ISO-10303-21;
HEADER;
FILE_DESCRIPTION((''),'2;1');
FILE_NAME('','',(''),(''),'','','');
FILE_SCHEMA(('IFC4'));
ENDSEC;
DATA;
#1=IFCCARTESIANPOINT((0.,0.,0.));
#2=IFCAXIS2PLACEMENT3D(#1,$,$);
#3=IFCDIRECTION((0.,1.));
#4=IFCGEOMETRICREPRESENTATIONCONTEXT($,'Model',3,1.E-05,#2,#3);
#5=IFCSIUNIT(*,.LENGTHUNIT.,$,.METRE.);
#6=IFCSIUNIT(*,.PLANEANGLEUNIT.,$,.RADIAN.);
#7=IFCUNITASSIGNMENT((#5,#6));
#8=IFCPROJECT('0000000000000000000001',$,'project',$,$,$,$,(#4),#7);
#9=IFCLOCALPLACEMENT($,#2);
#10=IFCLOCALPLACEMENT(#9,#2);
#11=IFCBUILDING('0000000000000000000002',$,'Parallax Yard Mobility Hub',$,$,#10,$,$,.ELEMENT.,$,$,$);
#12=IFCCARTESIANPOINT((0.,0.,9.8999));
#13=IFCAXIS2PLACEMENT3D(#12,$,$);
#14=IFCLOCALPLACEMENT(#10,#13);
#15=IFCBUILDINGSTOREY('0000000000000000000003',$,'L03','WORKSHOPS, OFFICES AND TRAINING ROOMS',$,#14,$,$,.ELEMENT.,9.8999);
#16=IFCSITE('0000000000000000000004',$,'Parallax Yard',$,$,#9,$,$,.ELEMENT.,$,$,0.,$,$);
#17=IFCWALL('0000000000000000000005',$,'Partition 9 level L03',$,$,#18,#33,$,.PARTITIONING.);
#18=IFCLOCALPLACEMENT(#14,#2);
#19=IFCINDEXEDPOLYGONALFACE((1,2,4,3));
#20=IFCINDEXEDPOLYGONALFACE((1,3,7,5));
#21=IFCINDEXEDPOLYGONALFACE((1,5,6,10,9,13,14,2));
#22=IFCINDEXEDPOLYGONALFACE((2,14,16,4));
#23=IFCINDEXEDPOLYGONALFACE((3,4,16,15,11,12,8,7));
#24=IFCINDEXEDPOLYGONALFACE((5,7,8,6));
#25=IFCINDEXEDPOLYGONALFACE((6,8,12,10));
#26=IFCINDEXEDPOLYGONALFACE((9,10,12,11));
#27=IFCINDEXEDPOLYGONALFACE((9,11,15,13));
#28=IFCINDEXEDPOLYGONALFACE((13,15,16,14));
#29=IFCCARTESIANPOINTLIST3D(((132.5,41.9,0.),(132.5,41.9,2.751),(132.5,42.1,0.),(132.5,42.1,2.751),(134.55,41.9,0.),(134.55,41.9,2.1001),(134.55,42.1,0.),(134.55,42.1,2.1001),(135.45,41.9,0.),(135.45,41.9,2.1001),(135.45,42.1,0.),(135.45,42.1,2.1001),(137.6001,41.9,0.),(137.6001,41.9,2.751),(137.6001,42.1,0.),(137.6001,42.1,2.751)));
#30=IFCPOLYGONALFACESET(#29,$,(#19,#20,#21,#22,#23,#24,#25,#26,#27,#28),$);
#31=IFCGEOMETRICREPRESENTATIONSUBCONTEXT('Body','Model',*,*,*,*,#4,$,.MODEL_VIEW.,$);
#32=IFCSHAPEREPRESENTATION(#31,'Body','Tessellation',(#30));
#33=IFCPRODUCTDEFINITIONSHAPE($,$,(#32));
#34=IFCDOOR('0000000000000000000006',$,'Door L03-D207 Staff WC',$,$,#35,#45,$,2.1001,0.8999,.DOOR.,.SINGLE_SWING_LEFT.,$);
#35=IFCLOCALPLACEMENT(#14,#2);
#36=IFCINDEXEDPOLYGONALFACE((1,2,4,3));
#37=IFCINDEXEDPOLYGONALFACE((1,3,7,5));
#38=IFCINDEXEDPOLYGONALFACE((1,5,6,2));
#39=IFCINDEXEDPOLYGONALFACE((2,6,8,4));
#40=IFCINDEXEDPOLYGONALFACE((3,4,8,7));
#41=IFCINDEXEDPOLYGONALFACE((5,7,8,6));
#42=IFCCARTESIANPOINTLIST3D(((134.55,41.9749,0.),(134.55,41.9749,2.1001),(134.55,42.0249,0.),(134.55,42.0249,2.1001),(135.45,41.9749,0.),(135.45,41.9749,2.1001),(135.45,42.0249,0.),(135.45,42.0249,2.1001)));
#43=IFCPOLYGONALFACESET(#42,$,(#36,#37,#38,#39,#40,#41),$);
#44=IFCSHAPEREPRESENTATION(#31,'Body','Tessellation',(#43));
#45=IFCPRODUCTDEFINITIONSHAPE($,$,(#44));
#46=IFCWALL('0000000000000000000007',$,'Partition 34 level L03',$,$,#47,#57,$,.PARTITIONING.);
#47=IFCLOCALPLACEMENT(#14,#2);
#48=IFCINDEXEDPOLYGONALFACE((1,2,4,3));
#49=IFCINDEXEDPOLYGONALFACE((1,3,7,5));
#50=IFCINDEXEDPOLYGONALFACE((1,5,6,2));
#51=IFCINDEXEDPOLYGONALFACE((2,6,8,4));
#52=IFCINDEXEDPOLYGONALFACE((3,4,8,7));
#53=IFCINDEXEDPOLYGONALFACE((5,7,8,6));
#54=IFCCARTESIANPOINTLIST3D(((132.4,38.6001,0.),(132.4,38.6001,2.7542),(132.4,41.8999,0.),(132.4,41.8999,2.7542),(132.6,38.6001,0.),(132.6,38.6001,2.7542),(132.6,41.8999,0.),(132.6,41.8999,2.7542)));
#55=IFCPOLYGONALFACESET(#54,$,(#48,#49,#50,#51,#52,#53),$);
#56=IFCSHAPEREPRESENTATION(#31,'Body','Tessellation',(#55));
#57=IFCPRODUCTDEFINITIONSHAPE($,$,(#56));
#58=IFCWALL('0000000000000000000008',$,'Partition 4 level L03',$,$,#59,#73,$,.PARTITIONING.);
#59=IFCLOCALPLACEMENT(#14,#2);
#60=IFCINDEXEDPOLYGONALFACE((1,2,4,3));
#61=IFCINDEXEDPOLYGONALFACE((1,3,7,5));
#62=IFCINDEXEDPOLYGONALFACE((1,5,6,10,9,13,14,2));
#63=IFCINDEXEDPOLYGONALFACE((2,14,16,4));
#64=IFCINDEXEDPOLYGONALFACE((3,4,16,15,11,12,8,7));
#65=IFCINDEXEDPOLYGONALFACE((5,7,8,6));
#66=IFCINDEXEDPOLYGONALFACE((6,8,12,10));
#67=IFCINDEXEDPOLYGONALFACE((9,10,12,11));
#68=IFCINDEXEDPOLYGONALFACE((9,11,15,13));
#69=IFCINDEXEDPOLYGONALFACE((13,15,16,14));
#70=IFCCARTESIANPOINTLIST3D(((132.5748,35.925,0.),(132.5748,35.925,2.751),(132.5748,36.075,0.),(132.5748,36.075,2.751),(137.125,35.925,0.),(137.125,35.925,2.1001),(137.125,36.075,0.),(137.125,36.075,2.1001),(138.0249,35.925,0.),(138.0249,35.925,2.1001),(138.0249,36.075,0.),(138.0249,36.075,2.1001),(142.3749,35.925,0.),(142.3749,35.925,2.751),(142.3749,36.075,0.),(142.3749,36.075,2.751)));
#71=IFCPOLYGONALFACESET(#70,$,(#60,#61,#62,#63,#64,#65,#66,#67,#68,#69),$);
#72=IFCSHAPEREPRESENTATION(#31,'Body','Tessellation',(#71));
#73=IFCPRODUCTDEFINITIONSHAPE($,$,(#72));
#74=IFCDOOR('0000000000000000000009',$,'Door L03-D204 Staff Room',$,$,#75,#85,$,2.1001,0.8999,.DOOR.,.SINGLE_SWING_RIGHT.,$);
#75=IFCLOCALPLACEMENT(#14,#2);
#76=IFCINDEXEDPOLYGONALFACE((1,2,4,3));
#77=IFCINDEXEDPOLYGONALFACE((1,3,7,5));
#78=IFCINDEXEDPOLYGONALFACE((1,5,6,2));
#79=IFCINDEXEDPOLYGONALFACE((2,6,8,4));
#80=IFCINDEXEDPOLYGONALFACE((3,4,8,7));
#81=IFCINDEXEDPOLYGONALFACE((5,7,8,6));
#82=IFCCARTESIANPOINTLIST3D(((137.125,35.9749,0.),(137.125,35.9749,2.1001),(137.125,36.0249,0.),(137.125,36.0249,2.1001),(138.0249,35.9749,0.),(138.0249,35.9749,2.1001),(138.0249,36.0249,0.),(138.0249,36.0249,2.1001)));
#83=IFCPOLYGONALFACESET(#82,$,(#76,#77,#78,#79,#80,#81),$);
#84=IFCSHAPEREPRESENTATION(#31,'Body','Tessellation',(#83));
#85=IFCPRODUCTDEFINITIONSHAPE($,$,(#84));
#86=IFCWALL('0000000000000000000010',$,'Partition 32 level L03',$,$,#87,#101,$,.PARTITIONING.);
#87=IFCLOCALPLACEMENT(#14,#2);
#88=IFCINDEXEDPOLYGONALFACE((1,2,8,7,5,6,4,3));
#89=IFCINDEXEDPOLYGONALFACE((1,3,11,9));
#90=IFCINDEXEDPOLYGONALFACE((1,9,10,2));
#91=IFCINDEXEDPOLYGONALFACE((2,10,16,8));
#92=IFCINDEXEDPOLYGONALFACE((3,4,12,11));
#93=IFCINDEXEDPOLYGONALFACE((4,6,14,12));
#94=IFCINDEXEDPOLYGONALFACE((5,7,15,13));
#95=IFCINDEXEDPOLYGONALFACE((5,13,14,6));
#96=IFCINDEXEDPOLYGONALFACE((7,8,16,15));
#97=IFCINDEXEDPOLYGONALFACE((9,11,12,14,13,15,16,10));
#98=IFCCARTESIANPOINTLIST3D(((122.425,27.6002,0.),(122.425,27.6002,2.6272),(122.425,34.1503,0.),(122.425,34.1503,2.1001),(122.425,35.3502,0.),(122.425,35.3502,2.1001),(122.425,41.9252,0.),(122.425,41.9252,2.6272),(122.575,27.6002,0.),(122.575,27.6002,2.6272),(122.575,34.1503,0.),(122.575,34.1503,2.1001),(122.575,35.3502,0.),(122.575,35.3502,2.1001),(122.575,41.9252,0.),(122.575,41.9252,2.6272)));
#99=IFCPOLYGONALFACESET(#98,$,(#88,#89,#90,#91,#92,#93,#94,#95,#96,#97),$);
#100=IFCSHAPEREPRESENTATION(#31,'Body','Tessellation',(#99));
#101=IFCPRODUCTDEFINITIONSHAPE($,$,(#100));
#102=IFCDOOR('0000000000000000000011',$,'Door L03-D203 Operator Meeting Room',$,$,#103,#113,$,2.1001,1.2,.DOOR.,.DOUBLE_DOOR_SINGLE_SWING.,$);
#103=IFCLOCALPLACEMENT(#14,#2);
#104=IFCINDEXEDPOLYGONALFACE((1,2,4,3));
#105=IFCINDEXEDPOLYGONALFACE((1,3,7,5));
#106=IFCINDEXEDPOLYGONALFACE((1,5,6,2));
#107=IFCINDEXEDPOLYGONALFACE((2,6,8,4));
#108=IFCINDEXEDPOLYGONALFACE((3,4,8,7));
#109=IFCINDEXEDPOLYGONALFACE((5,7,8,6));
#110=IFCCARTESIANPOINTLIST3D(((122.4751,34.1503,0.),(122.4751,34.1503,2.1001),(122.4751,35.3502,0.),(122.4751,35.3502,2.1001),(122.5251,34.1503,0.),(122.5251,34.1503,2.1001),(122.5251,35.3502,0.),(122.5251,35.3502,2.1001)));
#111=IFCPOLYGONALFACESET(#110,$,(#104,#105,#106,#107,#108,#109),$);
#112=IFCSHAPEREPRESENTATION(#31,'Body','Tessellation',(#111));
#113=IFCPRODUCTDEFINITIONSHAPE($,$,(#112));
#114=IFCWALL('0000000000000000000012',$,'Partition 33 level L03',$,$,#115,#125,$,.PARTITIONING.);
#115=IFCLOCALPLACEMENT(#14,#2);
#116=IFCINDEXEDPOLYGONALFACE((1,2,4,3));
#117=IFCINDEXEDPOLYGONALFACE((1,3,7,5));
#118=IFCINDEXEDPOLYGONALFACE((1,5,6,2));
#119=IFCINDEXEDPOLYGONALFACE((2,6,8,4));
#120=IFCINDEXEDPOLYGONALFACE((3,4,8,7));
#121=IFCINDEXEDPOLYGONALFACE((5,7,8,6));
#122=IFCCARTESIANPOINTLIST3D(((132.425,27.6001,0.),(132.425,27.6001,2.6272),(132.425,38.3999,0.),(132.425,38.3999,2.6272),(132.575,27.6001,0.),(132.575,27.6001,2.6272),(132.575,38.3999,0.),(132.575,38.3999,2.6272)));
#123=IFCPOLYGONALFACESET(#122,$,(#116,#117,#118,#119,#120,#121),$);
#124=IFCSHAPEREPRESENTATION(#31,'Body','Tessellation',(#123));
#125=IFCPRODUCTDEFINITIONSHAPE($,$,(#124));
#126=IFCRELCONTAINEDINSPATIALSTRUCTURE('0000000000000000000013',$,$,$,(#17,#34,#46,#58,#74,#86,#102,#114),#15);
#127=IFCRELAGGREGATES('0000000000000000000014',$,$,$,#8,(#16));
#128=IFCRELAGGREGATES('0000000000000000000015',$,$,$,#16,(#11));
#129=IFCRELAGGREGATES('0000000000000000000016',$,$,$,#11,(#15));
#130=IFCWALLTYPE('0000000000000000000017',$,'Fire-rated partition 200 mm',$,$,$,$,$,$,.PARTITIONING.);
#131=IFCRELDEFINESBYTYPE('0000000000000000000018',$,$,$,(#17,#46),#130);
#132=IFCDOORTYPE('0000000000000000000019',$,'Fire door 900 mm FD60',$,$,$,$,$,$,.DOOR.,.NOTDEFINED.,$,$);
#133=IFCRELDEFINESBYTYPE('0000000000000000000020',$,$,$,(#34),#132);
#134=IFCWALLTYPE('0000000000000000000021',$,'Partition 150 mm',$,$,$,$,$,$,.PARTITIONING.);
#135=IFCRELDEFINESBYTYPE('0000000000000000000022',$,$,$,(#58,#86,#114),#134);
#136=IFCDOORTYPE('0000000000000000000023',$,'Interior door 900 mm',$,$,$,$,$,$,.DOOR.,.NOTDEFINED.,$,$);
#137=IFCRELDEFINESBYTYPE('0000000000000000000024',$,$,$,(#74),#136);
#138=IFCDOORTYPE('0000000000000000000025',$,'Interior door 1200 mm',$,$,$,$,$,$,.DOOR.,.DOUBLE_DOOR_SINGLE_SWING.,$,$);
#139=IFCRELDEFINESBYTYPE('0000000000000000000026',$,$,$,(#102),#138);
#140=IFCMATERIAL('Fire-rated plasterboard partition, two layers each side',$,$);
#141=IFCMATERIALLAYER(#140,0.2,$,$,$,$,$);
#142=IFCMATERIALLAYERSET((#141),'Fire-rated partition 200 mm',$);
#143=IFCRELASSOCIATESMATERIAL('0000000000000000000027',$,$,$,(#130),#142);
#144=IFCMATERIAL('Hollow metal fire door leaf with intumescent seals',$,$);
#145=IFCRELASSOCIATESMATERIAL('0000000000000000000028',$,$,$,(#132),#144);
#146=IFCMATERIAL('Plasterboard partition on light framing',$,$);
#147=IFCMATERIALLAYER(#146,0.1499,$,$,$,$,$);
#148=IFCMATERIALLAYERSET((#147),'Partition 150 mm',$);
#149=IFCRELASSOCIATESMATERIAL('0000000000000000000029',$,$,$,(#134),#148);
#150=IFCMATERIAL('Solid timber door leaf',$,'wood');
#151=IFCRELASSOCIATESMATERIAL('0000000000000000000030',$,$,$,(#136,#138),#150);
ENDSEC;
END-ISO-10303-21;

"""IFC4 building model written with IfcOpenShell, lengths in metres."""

from ifc_helpers import new_model, si_unit, direction, frame, frame_2d, origin, place, context, subcontext, project, spatial, rectangle, extrude, material, layer, layer_set, type_object, element, fill, save


model = new_model("IFC4")

# Units and contexts
model_context = context("Model", 3, precision=1e-05, world=origin(), true_north=direction((0.0, 1.0)))
body_context = subcontext(model_context, "Body", "Model", "MODEL_VIEW")
ifc_project = project(units=[si_unit("LENGTHUNIT", "METRE"), si_unit("PLANEANGLEUNIT", "RADIAN")], contexts=[model_context])

# Site, building, storey
site_placement = place(None, origin())
site = spatial("IfcSite", under=ifc_project, at=site_placement, Name="Parallax Yard", CompositionType="ELEMENT", RefElevation=0.0)
building_placement = place(site_placement, origin())
building = spatial("IfcBuilding", under=site, at=building_placement, Name="Parallax Yard Mobility Hub", CompositionType="ELEMENT")
storey_placement = place(building_placement, frame((0.0, 0.0, 9.8999)))
storey = spatial("IfcBuildingStorey", under=building, at=storey_placement, Name="L03", Description="WORKSHOPS, OFFICES AND TRAINING ROOMS", CompositionType="ELEMENT", Elevation=9.8999)

# Shared definitions
ifc_material_1 = material(Name="Fire-rated plasterboard partition, two layers each side")
ifc_layer_1 = layer(ifc_material_1, 0.2)
ifc_layer_set_1 = layer_set([ifc_layer_1], Name="Fire-rated partition 200 mm")
wall_type_1 = type_object("IfcWallType", Name="Fire-rated partition 200 mm", PredefinedType="PARTITIONING", material=ifc_layer_set_1)

# Wall, opening, door
wall_1_placement = place(storey_placement, frame((132.5, 42.0, 0.0), z_axis=(0.0, 0.0, 1.0), x_axis=(1.0, 0.0, 0.0)))
wall_1 = element("IfcWall", 1, at=wall_1_placement, inside=storey, type_object=wall_type_1, Name="Partition 9 level L03", PredefinedType="PARTITIONING", context=body_context, shape_type="SweptSolid", body=[
    extrude(rectangle(XDim=5.1001, YDim=0.2, at=frame_2d((2.55, 0.0))), origin(), (0.0, 0.0, 1.0), 2.751),
])
opening_1_placement = place(wall_1_placement, frame((2.05, 0.0, 0.0)))
opening_1 = element("IfcOpeningElement", 2, at=opening_1_placement, cuts=wall_1, PredefinedType="OPENING", context=body_context, shape_type="SweptSolid", body=[
    extrude(rectangle(XDim=0.8999, YDim=2.1001, at=frame_2d((0.45, 1.05))), frame((0.0, 0.1099, 0.0), z_axis=(0.0, -1.0, 0.0), x_axis=(1.0, 0.0, 0.0)), (0.0, 0.0, 1.0), 0.22),
])
ifc_material_2 = material(Name="Hollow metal fire door leaf with intumescent seals")
door_type_1 = type_object("IfcDoorType", Name="Fire door 900 mm FD60", OperationType="NOTDEFINED", PredefinedType="DOOR", material=ifc_material_2)
door_1_placement = place(opening_1_placement, origin())
door_1 = element("IfcDoor", 3, at=door_1_placement, inside=storey, type_object=door_type_1, Name="Door L03-D207 Staff WC", OperationType="SINGLE_SWING_LEFT", OverallHeight=2.1001, OverallWidth=0.8999, PredefinedType="DOOR", context=body_context, shape_type="SweptSolid", body=[
    extrude(rectangle(XDim=0.8999, YDim=2.1001, at=frame_2d((0.45, 1.05))), frame((0.0, 0.0249, 0.0), z_axis=(0.0, -1.0, 0.0), x_axis=(1.0, 0.0, 0.0)), (0.0, 0.0, 1.0), 0.05),
])
fill(opening_1, door_1)

# Wall
wall_2_placement = place(storey_placement, frame((132.5, 38.6001, 0.0), z_axis=(0.0, 0.0, 1.0), x_axis=(0.0, 1.0, 0.0)))
element("IfcWall", 4, at=wall_2_placement, inside=storey, type_object=wall_type_1, Name="Partition 34 level L03", PredefinedType="PARTITIONING", context=body_context, shape_type="SweptSolid", body=[
    extrude(rectangle(XDim=3.2998, YDim=0.2, at=frame_2d((1.6499, 0.0))), origin(), (0.0, 0.0, 1.0), 2.7542),
])

# Walls, openings, doors
ifc_material_3 = material(Name="Plasterboard partition on light framing")
ifc_layer_2 = layer(ifc_material_3, 0.1499)
ifc_layer_set_2 = layer_set([ifc_layer_2], Name="Partition 150 mm")
wall_type_2 = type_object("IfcWallType", Name="Partition 150 mm", PredefinedType="PARTITIONING", material=ifc_layer_set_2)
wall_3_placement = place(storey_placement, frame((132.575, 36.0, 0.0), z_axis=(0.0, 0.0, 1.0), x_axis=(1.0, 0.0, 0.0)))
wall_3 = element("IfcWall", 5, at=wall_3_placement, inside=storey, type_object=wall_type_2, Name="Partition 4 level L03", PredefinedType="PARTITIONING", context=body_context, shape_type="SweptSolid", body=[
    extrude(rectangle(XDim=9.8, YDim=0.1499, at=frame_2d((4.8999, 0.0))), origin(), (0.0, 0.0, 1.0), 2.751),
])
opening_2_placement = place(wall_3_placement, frame((4.55, 0.0, 0.0)))
opening_2 = element("IfcOpeningElement", 6, at=opening_2_placement, cuts=wall_3, PredefinedType="OPENING", context=body_context, shape_type="SweptSolid", body=[
    extrude(rectangle(XDim=0.8999, YDim=2.1001, at=frame_2d((0.45, 1.05))), frame((0.0, 0.085, 0.0), z_axis=(0.0, -1.0, 0.0), x_axis=(1.0, 0.0, 0.0)), (0.0, 0.0, 1.0), 0.1699),
])
ifc_material_4 = material(Name="Solid timber door leaf", Category="wood")
door_type_2 = type_object("IfcDoorType", Name="Interior door 900 mm", OperationType="NOTDEFINED", PredefinedType="DOOR", material=ifc_material_4)
door_2_placement = place(opening_2_placement, origin())
door_2 = element("IfcDoor", 7, at=door_2_placement, inside=storey, type_object=door_type_2, Name="Door L03-D204 Staff Room", OperationType="SINGLE_SWING_RIGHT", OverallHeight=2.1001, OverallWidth=0.8999, PredefinedType="DOOR", context=body_context, shape_type="SweptSolid", body=[
    extrude(rectangle(XDim=0.8999, YDim=2.1001, at=frame_2d((0.45, 1.05))), frame((0.0, 0.0249, 0.0), z_axis=(0.0, -1.0, 0.0), x_axis=(1.0, 0.0, 0.0)), (0.0, 0.0, 1.0), 0.05),
])
fill(opening_2, door_2)
wall_4_placement = place(storey_placement, frame((122.5, 27.6001, 0.0), z_axis=(0.0, 0.0, 1.0), x_axis=(0.0, 1.0, 0.0)))
wall_4 = element("IfcWall", 8, at=wall_4_placement, inside=storey, type_object=wall_type_2, Name="Partition 32 level L03", PredefinedType="PARTITIONING", context=body_context, shape_type="SweptSolid", body=[
    extrude(rectangle(XDim=14.325, YDim=0.1499, at=frame_2d((7.1626, 0.0))), origin(), (0.0, 0.0, 1.0), 2.6272),
])
opening_3_placement = place(wall_4_placement, frame((6.55, 0.0, 0.0)))
opening_3 = element("IfcOpeningElement", 9, at=opening_3_placement, cuts=wall_4, PredefinedType="OPENING", context=body_context, shape_type="SweptSolid", body=[
    extrude(rectangle(XDim=1.2, YDim=2.1001, at=frame_2d((0.6001, 1.05))), frame((0.0, 0.085, 0.0), z_axis=(0.0, -1.0, 0.0), x_axis=(1.0, 0.0, 0.0)), (0.0, 0.0, 1.0), 0.1699),
])
door_type_3 = type_object("IfcDoorType", Name="Interior door 1200 mm", OperationType="DOUBLE_DOOR_SINGLE_SWING", PredefinedType="DOOR", material=ifc_material_4)
door_3_placement = place(opening_3_placement, origin())
door_3 = element("IfcDoor", 10, at=door_3_placement, inside=storey, type_object=door_type_3, Name="Door L03-D203 Operator Meeting Room", OperationType="DOUBLE_DOOR_SINGLE_SWING", OverallHeight=2.1001, OverallWidth=1.2, PredefinedType="DOOR", context=body_context, shape_type="SweptSolid", body=[
    extrude(rectangle(XDim=1.2, YDim=2.1001, at=frame_2d((0.6001, 1.05))), frame((0.0, 0.0249, 0.0), z_axis=(0.0, -1.0, 0.0), x_axis=(1.0, 0.0, 0.0)), (0.0, 0.0, 1.0), 0.05),
])
fill(opening_3, door_3)

# Wall
wall_5_placement = place(storey_placement, frame((132.5, 27.6001, 0.0), z_axis=(0.0, 0.0, 1.0), x_axis=(0.0, 1.0, 0.0)))
element("IfcWall", 11, at=wall_5_placement, inside=storey, type_object=wall_type_2, Name="Partition 33 level L03", PredefinedType="PARTITIONING", context=body_context, shape_type="SweptSolid", body=[
    extrude(rectangle(XDim=10.7998, YDim=0.1499, at=frame_2d((5.3999, 0.0))), origin(), (0.0, 0.0, 1.0), 2.6272),
])

save(model, "model.ifc")
